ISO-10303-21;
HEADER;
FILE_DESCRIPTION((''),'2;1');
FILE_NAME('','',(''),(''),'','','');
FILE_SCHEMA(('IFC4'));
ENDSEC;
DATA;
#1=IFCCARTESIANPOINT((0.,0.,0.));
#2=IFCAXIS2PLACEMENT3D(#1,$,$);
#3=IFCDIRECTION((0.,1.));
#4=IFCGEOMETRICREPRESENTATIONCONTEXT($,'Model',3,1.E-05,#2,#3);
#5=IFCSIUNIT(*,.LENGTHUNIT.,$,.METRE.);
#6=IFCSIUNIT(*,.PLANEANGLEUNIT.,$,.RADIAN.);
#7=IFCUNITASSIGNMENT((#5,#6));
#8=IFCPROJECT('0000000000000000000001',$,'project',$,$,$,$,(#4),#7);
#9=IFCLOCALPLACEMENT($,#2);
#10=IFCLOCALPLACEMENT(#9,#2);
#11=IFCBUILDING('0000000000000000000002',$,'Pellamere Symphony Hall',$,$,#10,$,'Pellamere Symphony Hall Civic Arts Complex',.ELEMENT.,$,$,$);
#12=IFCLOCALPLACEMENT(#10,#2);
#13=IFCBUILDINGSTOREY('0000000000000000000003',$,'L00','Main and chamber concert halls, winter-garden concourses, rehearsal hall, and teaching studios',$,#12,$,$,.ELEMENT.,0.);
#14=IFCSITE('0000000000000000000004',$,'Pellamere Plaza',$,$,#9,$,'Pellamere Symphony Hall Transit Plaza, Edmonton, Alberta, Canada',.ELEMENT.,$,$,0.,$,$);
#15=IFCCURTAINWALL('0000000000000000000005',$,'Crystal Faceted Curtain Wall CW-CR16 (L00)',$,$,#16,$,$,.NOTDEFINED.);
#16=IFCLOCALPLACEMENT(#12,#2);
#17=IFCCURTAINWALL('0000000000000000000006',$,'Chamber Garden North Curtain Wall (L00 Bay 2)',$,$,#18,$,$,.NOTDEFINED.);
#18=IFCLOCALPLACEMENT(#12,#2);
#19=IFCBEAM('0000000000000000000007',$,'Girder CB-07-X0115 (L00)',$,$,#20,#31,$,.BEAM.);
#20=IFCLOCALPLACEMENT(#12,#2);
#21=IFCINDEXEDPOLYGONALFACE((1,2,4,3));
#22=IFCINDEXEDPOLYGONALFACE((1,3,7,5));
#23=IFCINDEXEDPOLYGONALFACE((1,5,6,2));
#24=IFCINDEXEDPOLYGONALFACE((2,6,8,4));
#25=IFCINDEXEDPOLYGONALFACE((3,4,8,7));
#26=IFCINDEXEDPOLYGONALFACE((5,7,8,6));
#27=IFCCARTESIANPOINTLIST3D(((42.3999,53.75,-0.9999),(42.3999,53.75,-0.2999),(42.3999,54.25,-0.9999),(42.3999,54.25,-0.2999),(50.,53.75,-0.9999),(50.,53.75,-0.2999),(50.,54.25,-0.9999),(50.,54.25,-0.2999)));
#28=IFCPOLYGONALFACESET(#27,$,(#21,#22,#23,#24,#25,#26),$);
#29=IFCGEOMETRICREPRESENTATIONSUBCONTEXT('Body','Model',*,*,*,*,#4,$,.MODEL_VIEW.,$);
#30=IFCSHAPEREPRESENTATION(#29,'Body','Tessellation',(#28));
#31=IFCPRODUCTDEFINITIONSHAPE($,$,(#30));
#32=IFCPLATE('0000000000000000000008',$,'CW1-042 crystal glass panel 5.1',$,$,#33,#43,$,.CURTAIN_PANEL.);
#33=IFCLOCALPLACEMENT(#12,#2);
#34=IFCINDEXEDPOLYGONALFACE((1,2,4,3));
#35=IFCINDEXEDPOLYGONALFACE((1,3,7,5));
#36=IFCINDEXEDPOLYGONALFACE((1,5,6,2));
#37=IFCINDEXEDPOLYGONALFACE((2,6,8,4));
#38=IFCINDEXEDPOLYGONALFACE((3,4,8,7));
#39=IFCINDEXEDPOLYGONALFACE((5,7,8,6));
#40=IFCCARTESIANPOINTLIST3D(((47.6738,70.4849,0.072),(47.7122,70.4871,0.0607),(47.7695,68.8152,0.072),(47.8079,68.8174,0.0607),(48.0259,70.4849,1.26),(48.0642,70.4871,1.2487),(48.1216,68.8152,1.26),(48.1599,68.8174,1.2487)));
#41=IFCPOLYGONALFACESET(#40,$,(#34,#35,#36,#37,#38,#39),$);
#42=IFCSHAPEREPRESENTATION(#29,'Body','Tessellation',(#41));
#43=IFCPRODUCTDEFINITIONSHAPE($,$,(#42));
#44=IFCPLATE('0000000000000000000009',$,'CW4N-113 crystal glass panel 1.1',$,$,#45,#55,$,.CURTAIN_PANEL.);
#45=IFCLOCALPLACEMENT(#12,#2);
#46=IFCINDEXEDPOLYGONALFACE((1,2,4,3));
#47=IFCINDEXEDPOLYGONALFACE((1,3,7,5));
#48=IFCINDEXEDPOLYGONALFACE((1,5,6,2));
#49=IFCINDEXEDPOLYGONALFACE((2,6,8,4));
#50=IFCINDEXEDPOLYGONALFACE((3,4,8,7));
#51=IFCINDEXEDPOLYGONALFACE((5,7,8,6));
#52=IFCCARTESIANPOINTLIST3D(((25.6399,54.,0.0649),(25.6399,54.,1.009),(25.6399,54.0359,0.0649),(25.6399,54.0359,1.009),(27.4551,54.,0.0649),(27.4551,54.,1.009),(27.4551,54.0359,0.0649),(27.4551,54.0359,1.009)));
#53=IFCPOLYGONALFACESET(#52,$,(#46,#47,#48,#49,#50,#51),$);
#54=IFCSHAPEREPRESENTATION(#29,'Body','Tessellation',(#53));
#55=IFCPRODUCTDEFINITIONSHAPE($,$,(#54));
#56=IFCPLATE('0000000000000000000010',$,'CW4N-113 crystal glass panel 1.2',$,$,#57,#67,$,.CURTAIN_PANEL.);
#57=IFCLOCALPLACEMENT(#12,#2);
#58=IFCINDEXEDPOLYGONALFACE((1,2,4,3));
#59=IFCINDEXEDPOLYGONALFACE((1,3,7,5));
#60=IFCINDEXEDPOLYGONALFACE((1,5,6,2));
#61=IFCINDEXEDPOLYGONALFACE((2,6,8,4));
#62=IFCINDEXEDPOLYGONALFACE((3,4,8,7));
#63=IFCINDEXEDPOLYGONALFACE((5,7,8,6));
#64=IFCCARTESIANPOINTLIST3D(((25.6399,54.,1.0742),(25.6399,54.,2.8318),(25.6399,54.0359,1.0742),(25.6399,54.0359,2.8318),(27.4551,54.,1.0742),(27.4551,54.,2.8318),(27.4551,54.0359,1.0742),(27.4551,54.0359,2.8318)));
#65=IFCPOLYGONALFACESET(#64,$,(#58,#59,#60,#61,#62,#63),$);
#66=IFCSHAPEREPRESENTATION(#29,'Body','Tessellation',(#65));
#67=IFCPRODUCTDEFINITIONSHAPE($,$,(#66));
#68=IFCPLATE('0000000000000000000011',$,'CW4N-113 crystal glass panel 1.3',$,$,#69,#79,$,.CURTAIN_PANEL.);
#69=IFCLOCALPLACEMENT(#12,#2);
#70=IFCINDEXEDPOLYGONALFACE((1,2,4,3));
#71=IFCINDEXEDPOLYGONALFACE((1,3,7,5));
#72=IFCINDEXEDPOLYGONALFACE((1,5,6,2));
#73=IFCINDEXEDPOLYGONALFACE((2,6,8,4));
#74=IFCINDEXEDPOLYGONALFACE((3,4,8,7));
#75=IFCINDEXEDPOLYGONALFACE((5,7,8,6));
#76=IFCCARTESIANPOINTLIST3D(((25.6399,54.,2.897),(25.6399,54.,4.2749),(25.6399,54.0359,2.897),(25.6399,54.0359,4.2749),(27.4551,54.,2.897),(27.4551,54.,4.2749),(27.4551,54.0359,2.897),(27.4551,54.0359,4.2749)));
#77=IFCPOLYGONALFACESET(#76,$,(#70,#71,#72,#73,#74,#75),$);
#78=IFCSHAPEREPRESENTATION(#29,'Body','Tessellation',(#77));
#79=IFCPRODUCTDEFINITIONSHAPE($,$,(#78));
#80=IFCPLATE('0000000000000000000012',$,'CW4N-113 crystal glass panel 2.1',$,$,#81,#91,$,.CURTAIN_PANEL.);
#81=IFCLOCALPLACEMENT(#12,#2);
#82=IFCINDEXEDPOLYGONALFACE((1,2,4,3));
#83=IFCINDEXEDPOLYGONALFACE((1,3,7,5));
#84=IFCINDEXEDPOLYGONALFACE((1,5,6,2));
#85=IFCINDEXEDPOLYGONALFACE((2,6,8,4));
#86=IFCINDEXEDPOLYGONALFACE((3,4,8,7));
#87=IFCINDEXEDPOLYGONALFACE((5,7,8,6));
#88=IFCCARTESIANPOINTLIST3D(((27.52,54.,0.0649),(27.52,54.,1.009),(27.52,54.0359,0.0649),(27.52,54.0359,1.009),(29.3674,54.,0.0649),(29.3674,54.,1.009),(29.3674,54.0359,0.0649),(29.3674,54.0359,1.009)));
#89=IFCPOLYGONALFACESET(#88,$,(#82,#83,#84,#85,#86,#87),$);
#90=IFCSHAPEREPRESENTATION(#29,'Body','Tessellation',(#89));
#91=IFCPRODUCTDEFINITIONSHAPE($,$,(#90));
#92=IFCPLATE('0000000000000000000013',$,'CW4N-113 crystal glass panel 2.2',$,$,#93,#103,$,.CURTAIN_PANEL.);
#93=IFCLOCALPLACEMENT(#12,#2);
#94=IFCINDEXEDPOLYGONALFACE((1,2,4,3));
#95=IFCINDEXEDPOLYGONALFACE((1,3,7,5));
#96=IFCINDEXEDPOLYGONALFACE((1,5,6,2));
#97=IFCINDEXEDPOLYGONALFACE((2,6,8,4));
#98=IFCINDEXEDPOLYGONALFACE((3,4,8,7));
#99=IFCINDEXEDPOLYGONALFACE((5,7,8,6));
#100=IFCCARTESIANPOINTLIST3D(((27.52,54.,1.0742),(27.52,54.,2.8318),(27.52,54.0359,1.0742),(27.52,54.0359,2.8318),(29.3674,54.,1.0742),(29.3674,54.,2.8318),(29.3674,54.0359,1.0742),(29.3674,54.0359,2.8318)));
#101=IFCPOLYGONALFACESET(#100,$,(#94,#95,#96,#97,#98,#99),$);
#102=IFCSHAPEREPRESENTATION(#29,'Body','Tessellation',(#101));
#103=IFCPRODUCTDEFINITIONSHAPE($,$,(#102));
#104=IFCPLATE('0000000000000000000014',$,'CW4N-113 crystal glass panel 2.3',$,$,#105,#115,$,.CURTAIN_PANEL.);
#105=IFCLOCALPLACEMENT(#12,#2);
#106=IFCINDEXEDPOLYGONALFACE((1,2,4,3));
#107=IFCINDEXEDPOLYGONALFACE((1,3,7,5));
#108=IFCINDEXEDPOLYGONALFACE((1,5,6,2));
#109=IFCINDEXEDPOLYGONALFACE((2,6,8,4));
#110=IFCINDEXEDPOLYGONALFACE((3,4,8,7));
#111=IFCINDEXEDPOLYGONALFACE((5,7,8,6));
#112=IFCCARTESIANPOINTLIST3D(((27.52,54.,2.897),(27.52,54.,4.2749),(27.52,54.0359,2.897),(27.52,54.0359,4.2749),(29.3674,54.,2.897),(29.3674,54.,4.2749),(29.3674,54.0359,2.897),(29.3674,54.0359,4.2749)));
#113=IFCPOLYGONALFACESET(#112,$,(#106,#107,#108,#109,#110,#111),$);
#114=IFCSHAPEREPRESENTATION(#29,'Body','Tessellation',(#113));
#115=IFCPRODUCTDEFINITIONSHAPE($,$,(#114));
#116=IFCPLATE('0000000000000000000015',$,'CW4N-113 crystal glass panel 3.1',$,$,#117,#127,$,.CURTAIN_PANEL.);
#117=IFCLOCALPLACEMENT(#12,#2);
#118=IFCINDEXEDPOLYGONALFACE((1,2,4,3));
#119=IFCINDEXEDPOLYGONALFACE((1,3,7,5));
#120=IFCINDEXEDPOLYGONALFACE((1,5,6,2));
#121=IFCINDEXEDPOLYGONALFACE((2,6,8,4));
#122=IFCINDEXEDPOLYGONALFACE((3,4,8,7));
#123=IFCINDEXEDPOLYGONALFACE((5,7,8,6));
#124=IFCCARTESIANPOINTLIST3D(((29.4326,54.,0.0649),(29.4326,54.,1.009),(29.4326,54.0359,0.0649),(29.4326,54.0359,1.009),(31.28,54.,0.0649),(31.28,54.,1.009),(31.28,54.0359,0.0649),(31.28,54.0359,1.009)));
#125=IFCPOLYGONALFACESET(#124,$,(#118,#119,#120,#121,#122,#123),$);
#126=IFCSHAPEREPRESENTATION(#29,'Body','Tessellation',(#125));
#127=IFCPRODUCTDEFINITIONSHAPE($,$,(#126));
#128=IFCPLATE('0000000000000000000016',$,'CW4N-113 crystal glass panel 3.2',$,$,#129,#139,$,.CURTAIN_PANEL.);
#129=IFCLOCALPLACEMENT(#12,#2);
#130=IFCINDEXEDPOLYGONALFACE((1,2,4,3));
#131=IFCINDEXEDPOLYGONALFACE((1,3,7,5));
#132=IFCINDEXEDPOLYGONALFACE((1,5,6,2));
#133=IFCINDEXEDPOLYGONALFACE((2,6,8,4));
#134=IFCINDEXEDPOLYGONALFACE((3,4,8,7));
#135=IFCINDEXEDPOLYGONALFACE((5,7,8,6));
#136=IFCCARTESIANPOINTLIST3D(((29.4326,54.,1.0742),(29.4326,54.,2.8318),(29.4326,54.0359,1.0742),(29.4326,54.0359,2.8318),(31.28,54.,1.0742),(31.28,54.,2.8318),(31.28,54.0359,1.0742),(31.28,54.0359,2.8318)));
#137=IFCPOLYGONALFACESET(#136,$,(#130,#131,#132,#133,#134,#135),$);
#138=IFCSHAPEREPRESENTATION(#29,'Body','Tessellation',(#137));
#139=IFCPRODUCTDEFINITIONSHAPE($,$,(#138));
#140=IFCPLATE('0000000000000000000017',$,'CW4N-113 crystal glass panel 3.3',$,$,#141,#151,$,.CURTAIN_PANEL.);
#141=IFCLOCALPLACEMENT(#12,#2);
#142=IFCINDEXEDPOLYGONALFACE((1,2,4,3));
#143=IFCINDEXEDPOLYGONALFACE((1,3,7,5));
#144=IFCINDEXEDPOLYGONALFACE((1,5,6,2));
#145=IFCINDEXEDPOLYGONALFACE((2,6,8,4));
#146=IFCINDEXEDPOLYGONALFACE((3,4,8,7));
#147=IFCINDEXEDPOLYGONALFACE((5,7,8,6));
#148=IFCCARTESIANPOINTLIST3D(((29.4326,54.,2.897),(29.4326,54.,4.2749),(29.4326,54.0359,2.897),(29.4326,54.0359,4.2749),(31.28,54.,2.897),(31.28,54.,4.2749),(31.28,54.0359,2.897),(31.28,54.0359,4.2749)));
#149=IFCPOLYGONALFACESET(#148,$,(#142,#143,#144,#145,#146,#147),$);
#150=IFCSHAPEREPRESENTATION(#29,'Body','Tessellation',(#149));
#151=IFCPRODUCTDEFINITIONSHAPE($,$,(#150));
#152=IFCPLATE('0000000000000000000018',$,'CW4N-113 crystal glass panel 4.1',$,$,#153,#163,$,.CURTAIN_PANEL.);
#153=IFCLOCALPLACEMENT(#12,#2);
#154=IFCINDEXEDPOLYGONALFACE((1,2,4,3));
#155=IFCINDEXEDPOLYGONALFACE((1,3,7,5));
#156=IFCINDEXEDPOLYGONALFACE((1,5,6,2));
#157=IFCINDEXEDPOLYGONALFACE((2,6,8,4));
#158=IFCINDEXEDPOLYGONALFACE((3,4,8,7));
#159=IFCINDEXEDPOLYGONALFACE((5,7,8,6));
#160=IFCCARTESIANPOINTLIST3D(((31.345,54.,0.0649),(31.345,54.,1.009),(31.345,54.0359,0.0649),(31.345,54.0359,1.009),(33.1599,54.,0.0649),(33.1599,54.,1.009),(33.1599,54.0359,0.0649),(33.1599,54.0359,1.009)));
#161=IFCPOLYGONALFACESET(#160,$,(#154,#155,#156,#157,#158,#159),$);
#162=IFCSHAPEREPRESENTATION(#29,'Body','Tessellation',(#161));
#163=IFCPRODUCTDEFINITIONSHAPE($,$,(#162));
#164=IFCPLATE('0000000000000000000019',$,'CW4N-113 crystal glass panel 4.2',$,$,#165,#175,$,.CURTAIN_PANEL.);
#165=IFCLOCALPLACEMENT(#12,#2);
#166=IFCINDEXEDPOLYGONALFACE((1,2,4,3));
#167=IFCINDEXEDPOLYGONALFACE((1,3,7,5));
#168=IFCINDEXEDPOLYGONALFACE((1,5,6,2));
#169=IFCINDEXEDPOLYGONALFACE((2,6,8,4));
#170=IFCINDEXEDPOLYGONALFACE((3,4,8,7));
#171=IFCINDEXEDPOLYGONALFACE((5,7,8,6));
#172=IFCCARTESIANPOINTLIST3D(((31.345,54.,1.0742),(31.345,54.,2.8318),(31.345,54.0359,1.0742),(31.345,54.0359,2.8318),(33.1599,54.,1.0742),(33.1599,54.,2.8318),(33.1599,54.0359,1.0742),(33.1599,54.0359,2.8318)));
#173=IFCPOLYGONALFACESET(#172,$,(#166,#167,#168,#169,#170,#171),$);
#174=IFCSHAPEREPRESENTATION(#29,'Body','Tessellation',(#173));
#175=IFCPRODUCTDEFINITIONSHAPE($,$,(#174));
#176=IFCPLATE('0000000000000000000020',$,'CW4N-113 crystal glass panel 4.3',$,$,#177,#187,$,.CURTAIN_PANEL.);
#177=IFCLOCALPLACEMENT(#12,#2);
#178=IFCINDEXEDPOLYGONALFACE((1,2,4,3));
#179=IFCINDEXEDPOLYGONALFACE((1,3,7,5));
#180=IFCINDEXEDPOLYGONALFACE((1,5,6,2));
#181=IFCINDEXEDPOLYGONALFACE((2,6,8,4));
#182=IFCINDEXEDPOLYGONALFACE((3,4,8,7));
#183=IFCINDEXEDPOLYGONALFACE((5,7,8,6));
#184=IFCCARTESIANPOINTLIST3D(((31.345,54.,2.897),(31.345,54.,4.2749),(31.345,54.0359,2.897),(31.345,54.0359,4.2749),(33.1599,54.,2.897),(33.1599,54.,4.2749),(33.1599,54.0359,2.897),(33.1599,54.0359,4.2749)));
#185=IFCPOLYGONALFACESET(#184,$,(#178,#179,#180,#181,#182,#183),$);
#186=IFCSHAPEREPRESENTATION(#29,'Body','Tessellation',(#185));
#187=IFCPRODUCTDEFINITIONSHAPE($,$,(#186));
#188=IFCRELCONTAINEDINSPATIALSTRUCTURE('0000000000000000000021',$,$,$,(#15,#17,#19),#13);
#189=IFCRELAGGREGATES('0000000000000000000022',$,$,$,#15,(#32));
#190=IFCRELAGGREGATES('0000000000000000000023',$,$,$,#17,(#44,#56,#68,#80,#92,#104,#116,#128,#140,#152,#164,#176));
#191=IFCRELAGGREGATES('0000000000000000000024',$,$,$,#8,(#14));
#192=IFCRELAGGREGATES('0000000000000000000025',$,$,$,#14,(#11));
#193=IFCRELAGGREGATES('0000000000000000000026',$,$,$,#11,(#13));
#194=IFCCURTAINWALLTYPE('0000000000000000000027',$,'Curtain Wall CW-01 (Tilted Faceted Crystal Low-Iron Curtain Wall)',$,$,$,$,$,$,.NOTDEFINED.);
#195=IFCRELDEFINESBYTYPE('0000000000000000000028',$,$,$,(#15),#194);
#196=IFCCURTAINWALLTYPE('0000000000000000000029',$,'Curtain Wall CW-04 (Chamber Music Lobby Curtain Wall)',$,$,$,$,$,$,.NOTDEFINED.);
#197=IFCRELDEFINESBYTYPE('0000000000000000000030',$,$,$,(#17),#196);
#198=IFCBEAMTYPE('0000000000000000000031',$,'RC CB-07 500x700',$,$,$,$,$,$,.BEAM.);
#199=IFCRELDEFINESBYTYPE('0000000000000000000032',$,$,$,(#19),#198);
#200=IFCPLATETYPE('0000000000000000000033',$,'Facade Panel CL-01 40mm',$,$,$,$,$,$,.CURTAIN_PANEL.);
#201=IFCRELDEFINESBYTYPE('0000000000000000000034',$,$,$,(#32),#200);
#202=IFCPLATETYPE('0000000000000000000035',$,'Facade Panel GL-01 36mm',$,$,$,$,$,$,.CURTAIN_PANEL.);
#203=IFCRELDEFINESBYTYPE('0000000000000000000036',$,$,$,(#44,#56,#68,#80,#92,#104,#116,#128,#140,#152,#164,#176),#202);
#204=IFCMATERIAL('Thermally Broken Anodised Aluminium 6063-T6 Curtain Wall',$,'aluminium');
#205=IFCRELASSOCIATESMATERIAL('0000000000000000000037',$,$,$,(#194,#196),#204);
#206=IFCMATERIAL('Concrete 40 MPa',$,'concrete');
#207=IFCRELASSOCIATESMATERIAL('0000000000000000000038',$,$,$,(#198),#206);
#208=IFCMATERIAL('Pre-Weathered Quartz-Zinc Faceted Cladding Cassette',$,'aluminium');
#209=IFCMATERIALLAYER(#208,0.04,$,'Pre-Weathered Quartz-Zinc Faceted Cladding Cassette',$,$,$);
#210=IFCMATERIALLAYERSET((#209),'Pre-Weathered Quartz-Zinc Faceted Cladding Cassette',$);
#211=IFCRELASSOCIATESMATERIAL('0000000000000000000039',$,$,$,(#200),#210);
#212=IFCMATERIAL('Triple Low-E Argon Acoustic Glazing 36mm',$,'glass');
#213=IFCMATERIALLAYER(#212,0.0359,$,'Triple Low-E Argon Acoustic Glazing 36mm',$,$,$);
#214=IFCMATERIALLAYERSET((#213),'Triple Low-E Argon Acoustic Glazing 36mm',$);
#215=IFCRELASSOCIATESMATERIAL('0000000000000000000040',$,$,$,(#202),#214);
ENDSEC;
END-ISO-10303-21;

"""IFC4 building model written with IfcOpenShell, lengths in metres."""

from ifc_helpers import new_model, si_unit, direction, frame, origin, origin_2d, place, context, subcontext, project, spatial, polyline, rectangle, outline, extrude, material, layer, layer_set, material_profile, profile_set, type_object, element, aggregate, save


model = new_model("IFC4")

# Units and contexts
model_context = context("Model", 3, precision=1e-05, world=origin(), true_north=direction((0.0, 1.0)))
body_context = subcontext(model_context, "Body", "Model", "MODEL_VIEW")
ifc_project = project(units=[si_unit("LENGTHUNIT", "METRE"), si_unit("PLANEANGLEUNIT", "RADIAN")], contexts=[model_context])

# Site, building, storey
site_placement = place(None, origin())
site = spatial("IfcSite", under=ifc_project, at=site_placement, Name="Pellamere Plaza", LongName="Pellamere Symphony Hall Transit Plaza, Edmonton, Alberta, Canada", CompositionType="ELEMENT", RefElevation=0.0)
building_placement = place(site_placement, origin())
building = spatial("IfcBuilding", under=site, at=building_placement, Name="Pellamere Symphony Hall", LongName="Pellamere Symphony Hall Civic Arts Complex", CompositionType="ELEMENT")
storey_placement = place(building_placement, origin())
storey = spatial("IfcBuildingStorey", under=building, at=storey_placement, Name="L00", Description="Main and chamber concert halls, winter-garden concourses, rehearsal hall, and teaching studios", CompositionType="ELEMENT", Elevation=0.0)

# Shared definitions
ifc_material_1 = material(Name="Concrete 40 MPa", Category="concrete")

# Curtain wall
ifc_material_2 = material(Name="Thermally Broken Anodised Aluminium 6063-T6 Curtain Wall", Category="aluminium")
curtain_wall_type_1 = type_object("IfcCurtainWallType", Name="Curtain Wall CW-01 (Tilted Faceted Crystal Low-Iron Curtain Wall)", PredefinedType="NOTDEFINED", material=ifc_material_2)
curtain_wall_1_placement = place(storey_placement, origin())
curtain_wall_1 = element("IfcCurtainWall", 1, at=curtain_wall_1_placement, inside=storey, type_object=curtain_wall_type_1, Name="Crystal Faceted Curtain Wall CW-CR16 (L00)", PredefinedType="NOTDEFINED")

# Curtain wall
curtain_wall_type_2 = type_object("IfcCurtainWallType", Name="Curtain Wall CW-04 (Chamber Music Lobby Curtain Wall)", PredefinedType="NOTDEFINED", material=ifc_material_2)
curtain_wall_2_placement = place(storey_placement, origin())
curtain_wall_2 = element("IfcCurtainWall", 2, at=curtain_wall_2_placement, inside=storey, type_object=curtain_wall_type_2, Name="Chamber Garden North Curtain Wall (L00 Bay 2)", PredefinedType="NOTDEFINED")

# Beam
ifc_material_profile_1 = material_profile(ifc_material_1, rectangle(XDim=0.5, YDim=0.7, at=origin_2d()), Name="RC 500x700")
ifc_profile_set_1 = profile_set([ifc_material_profile_1], Name="Concrete 40 MPa")
beam_type = type_object("IfcBeamType", Name="RC CB-07 500x700", PredefinedType="BEAM", material=ifc_profile_set_1)
for number, where, z_axis, x_axis, name in (
    (3, (42.3999, 54.0, -0.6499), (1.0, 0.0, 0.0), (0.0, 1.0, 0.0), "Girder CB-07-X0115 (L00)"),
):
    element("IfcBeam", number, at=place(storey_placement, frame(where, z_axis=z_axis, x_axis=x_axis)), inside=storey, type_object=beam_type, Name=name, PredefinedType="BEAM", context=body_context, shape_type="SweptSolid", body=[
        extrude(rectangle(XDim=0.5, YDim=0.7, at=origin_2d()), origin(), (0.0, 0.0, 1.0), 7.6001),
    ])

# Plates
ifc_material_3 = material(Name="Pre-Weathered Quartz-Zinc Faceted Cladding Cassette", Category="aluminium")
ifc_layer_1 = layer(ifc_material_3, 0.04, Name="Pre-Weathered Quartz-Zinc Faceted Cladding Cassette")
ifc_layer_set_1 = layer_set([ifc_layer_1], Name="Pre-Weathered Quartz-Zinc Faceted Cladding Cassette")
plate_type_1 = type_object("IfcPlateType", Name="Facade Panel CL-01 40mm", PredefinedType="CURTAIN_PANEL", material=ifc_layer_set_1)
plate_1_placement = place(storey_placement, frame((47.6738, 70.4849, 0.072), z_axis=(-0.957342, -0.054873, 0.2837), x_axis=(0.057224, -0.998361, 0.0)))
plate_1 = element("IfcPlate", 4, at=plate_1_placement, type_object=plate_type_1, Name="CW1-042 crystal glass panel 5.1", PredefinedType="CURTAIN_PANEL", context=body_context, shape_type="SweptSolid", body=[
    extrude(outline(polyline([(0.0, 0.0), (1.6724, 0.0), (1.6926, 1.2389), (0.0201, 1.2389), (0.0, 0.0)])), origin(), (0.0, 0.0, -1.0), 0.04),
])
aggregate(curtain_wall_1, [plate_1])
ifc_material_4 = material(Name="Triple Low-E Argon Acoustic Glazing 36mm", Category="glass")
ifc_layer_2 = layer(ifc_material_4, 0.0359, Name="Triple Low-E Argon Acoustic Glazing 36mm")
ifc_layer_set_2 = layer_set([ifc_layer_2], Name="Triple Low-E Argon Acoustic Glazing 36mm")
plate_type_2 = type_object("IfcPlateType", Name="Facade Panel GL-01 36mm", PredefinedType="CURTAIN_PANEL", material=ifc_layer_set_2)
plate_2_placement = place(storey_placement, frame((25.6399, 54.0, 0.0649), z_axis=(0.0, -1.0, 0.0), x_axis=(1.0, 0.0, 0.0)))
plate_2 = element("IfcPlate", 5, at=plate_2_placement, type_object=plate_type_2, Name="CW4N-113 crystal glass panel 1.1", PredefinedType="CURTAIN_PANEL", context=body_context, shape_type="SweptSolid", body=[
    extrude(outline(polyline([(0.0, 0.0), (1.8152, 0.0), (1.8152, 0.9441), (0.0, 0.9441), (0.0, 0.0)])), origin(), (0.0, 0.0, -1.0), 0.0359),
])
plate_3_placement = place(storey_placement, frame((25.6399, 54.0, 1.0742), z_axis=(0.0, -1.0, 0.0), x_axis=(1.0, 0.0, 0.0)))
plate_3 = element("IfcPlate", 6, at=plate_3_placement, type_object=plate_type_2, Name="CW4N-113 crystal glass panel 1.2", PredefinedType="CURTAIN_PANEL", context=body_context, shape_type="SweptSolid", body=[
    extrude(outline(polyline([(0.0, 0.0), (1.8152, 0.0), (1.8152, 1.7576), (0.0, 1.7576), (0.0, 0.0)])), origin(), (0.0, 0.0, -1.0), 0.0359),
])
plate_4_placement = place(storey_placement, frame((25.6399, 54.0, 2.897), z_axis=(0.0, -1.0, 0.0), x_axis=(1.0, 0.0, 0.0)))
plate_4 = element("IfcPlate", 7, at=plate_4_placement, type_object=plate_type_2, Name="CW4N-113 crystal glass panel 1.3", PredefinedType="CURTAIN_PANEL", context=body_context, shape_type="SweptSolid", body=[
    extrude(outline(polyline([(0.0, 0.0), (1.8152, 0.0), (1.8152, 1.3779), (0.0, 1.3779), (0.0, 0.0)])), origin(), (0.0, 0.0, -1.0), 0.0359),
])
plate_5_placement = place(storey_placement, frame((27.52, 54.0, 0.0649), z_axis=(0.0, -1.0, 0.0), x_axis=(1.0, 0.0, 0.0)))
plate_5 = element("IfcPlate", 8, at=plate_5_placement, type_object=plate_type_2, Name="CW4N-113 crystal glass panel 2.1", PredefinedType="CURTAIN_PANEL", context=body_context, shape_type="SweptSolid", body=[
    extrude(outline(polyline([(0.0, 0.0), (1.8474, 0.0), (1.8474, 0.9441), (0.0, 0.9441), (0.0, 0.0)])), origin(), (0.0, 0.0, -1.0), 0.0359),
])
plate_6_placement = place(storey_placement, frame((27.52, 54.0, 1.0742), z_axis=(0.0, -1.0, 0.0), x_axis=(1.0, 0.0, 0.0)))
plate_6 = element("IfcPlate", 9, at=plate_6_placement, type_object=plate_type_2, Name="CW4N-113 crystal glass panel 2.2", PredefinedType="CURTAIN_PANEL", context=body_context, shape_type="SweptSolid", body=[
    extrude(outline(polyline([(0.0, 0.0), (1.8474, 0.0), (1.8474, 1.7576), (0.0, 1.7576), (0.0, 0.0)])), origin(), (0.0, 0.0, -1.0), 0.0359),
])
plate_7_placement = place(storey_placement, frame((27.52, 54.0, 2.897), z_axis=(0.0, -1.0, 0.0), x_axis=(1.0, 0.0, 0.0)))
plate_7 = element("IfcPlate", 10, at=plate_7_placement, type_object=plate_type_2, Name="CW4N-113 crystal glass panel 2.3", PredefinedType="CURTAIN_PANEL", context=body_context, shape_type="SweptSolid", body=[
    extrude(outline(polyline([(0.0, 0.0), (1.8474, 0.0), (1.8474, 1.3779), (0.0, 1.3779), (0.0, 0.0)])), origin(), (0.0, 0.0, -1.0), 0.0359),
])
plate_8_placement = place(storey_placement, frame((29.4326, 54.0, 0.0649), z_axis=(0.0, -1.0, 0.0), x_axis=(1.0, 0.0, 0.0)))
plate_8 = element("IfcPlate", 11, at=plate_8_placement, type_object=plate_type_2, Name="CW4N-113 crystal glass panel 3.1", PredefinedType="CURTAIN_PANEL", context=body_context, shape_type="SweptSolid", body=[
    extrude(outline(polyline([(0.0, 0.0), (1.8474, 0.0), (1.8474, 0.9441), (0.0, 0.9441), (0.0, 0.0)])), origin(), (0.0, 0.0, -1.0), 0.0359),
])
plate_9_placement = place(storey_placement, frame((29.4326, 54.0, 1.0742), z_axis=(0.0, -1.0, 0.0), x_axis=(1.0, 0.0, 0.0)))
plate_9 = element("IfcPlate", 12, at=plate_9_placement, type_object=plate_type_2, Name="CW4N-113 crystal glass panel 3.2", PredefinedType="CURTAIN_PANEL", context=body_context, shape_type="SweptSolid", body=[
    extrude(outline(polyline([(0.0, 0.0), (1.8474, 0.0), (1.8474, 1.7576), (0.0, 1.7576), (0.0, 0.0)])), origin(), (0.0, 0.0, -1.0), 0.0359),
])
plate_10_placement = place(storey_placement, frame((29.4326, 54.0, 2.897), z_axis=(0.0, -1.0, 0.0), x_axis=(1.0, 0.0, 0.0)))
plate_10 = element("IfcPlate", 13, at=plate_10_placement, type_object=plate_type_2, Name="CW4N-113 crystal glass panel 3.3", PredefinedType="CURTAIN_PANEL", context=body_context, shape_type="SweptSolid", body=[
    extrude(outline(polyline([(0.0, 0.0), (1.8474, 0.0), (1.8474, 1.3779), (0.0, 1.3779), (0.0, 0.0)])), origin(), (0.0, 0.0, -1.0), 0.0359),
])
plate_11_placement = place(storey_placement, frame((31.345, 54.0, 0.0649), z_axis=(0.0, -1.0, 0.0), x_axis=(1.0, 0.0, 0.0)))
plate_11 = element("IfcPlate", 14, at=plate_11_placement, type_object=plate_type_2, Name="CW4N-113 crystal glass panel 4.1", PredefinedType="CURTAIN_PANEL", context=body_context, shape_type="SweptSolid", body=[
    extrude(outline(polyline([(0.0, 0.0), (1.8149, 0.0), (1.8149, 0.9441), (0.0, 0.9441), (0.0, 0.0)])), origin(), (0.0, 0.0, -1.0), 0.0359),
])
plate_12_placement = place(storey_placement, frame((31.345, 54.0, 1.0742), z_axis=(0.0, -1.0, 0.0), x_axis=(1.0, 0.0, 0.0)))
plate_12 = element("IfcPlate", 15, at=plate_12_placement, type_object=plate_type_2, Name="CW4N-113 crystal glass panel 4.2", PredefinedType="CURTAIN_PANEL", context=body_context, shape_type="SweptSolid", body=[
    extrude(outline(polyline([(0.0, 0.0), (1.8149, 0.0), (1.8149, 1.7576), (0.0, 1.7576), (0.0, 0.0)])), origin(), (0.0, 0.0, -1.0), 0.0359),
])
plate_13_placement = place(storey_placement, frame((31.345, 54.0, 2.897), z_axis=(0.0, -1.0, 0.0), x_axis=(1.0, 0.0, 0.0)))
plate_13 = element("IfcPlate", 16, at=plate_13_placement, type_object=plate_type_2, Name="CW4N-113 crystal glass panel 4.3", PredefinedType="CURTAIN_PANEL", context=body_context, shape_type="SweptSolid", body=[
    extrude(outline(polyline([(0.0, 0.0), (1.8149, 0.0), (1.8149, 1.3779), (0.0, 1.3779), (0.0, 0.0)])), origin(), (0.0, 0.0, -1.0), 0.0359),
])
aggregate(curtain_wall_2, [plate_2, plate_3, plate_4, plate_5, plate_6, plate_7, plate_8, plate_9, plate_10, plate_11, plate_12, plate_13])

save(model, "model.ifc")
